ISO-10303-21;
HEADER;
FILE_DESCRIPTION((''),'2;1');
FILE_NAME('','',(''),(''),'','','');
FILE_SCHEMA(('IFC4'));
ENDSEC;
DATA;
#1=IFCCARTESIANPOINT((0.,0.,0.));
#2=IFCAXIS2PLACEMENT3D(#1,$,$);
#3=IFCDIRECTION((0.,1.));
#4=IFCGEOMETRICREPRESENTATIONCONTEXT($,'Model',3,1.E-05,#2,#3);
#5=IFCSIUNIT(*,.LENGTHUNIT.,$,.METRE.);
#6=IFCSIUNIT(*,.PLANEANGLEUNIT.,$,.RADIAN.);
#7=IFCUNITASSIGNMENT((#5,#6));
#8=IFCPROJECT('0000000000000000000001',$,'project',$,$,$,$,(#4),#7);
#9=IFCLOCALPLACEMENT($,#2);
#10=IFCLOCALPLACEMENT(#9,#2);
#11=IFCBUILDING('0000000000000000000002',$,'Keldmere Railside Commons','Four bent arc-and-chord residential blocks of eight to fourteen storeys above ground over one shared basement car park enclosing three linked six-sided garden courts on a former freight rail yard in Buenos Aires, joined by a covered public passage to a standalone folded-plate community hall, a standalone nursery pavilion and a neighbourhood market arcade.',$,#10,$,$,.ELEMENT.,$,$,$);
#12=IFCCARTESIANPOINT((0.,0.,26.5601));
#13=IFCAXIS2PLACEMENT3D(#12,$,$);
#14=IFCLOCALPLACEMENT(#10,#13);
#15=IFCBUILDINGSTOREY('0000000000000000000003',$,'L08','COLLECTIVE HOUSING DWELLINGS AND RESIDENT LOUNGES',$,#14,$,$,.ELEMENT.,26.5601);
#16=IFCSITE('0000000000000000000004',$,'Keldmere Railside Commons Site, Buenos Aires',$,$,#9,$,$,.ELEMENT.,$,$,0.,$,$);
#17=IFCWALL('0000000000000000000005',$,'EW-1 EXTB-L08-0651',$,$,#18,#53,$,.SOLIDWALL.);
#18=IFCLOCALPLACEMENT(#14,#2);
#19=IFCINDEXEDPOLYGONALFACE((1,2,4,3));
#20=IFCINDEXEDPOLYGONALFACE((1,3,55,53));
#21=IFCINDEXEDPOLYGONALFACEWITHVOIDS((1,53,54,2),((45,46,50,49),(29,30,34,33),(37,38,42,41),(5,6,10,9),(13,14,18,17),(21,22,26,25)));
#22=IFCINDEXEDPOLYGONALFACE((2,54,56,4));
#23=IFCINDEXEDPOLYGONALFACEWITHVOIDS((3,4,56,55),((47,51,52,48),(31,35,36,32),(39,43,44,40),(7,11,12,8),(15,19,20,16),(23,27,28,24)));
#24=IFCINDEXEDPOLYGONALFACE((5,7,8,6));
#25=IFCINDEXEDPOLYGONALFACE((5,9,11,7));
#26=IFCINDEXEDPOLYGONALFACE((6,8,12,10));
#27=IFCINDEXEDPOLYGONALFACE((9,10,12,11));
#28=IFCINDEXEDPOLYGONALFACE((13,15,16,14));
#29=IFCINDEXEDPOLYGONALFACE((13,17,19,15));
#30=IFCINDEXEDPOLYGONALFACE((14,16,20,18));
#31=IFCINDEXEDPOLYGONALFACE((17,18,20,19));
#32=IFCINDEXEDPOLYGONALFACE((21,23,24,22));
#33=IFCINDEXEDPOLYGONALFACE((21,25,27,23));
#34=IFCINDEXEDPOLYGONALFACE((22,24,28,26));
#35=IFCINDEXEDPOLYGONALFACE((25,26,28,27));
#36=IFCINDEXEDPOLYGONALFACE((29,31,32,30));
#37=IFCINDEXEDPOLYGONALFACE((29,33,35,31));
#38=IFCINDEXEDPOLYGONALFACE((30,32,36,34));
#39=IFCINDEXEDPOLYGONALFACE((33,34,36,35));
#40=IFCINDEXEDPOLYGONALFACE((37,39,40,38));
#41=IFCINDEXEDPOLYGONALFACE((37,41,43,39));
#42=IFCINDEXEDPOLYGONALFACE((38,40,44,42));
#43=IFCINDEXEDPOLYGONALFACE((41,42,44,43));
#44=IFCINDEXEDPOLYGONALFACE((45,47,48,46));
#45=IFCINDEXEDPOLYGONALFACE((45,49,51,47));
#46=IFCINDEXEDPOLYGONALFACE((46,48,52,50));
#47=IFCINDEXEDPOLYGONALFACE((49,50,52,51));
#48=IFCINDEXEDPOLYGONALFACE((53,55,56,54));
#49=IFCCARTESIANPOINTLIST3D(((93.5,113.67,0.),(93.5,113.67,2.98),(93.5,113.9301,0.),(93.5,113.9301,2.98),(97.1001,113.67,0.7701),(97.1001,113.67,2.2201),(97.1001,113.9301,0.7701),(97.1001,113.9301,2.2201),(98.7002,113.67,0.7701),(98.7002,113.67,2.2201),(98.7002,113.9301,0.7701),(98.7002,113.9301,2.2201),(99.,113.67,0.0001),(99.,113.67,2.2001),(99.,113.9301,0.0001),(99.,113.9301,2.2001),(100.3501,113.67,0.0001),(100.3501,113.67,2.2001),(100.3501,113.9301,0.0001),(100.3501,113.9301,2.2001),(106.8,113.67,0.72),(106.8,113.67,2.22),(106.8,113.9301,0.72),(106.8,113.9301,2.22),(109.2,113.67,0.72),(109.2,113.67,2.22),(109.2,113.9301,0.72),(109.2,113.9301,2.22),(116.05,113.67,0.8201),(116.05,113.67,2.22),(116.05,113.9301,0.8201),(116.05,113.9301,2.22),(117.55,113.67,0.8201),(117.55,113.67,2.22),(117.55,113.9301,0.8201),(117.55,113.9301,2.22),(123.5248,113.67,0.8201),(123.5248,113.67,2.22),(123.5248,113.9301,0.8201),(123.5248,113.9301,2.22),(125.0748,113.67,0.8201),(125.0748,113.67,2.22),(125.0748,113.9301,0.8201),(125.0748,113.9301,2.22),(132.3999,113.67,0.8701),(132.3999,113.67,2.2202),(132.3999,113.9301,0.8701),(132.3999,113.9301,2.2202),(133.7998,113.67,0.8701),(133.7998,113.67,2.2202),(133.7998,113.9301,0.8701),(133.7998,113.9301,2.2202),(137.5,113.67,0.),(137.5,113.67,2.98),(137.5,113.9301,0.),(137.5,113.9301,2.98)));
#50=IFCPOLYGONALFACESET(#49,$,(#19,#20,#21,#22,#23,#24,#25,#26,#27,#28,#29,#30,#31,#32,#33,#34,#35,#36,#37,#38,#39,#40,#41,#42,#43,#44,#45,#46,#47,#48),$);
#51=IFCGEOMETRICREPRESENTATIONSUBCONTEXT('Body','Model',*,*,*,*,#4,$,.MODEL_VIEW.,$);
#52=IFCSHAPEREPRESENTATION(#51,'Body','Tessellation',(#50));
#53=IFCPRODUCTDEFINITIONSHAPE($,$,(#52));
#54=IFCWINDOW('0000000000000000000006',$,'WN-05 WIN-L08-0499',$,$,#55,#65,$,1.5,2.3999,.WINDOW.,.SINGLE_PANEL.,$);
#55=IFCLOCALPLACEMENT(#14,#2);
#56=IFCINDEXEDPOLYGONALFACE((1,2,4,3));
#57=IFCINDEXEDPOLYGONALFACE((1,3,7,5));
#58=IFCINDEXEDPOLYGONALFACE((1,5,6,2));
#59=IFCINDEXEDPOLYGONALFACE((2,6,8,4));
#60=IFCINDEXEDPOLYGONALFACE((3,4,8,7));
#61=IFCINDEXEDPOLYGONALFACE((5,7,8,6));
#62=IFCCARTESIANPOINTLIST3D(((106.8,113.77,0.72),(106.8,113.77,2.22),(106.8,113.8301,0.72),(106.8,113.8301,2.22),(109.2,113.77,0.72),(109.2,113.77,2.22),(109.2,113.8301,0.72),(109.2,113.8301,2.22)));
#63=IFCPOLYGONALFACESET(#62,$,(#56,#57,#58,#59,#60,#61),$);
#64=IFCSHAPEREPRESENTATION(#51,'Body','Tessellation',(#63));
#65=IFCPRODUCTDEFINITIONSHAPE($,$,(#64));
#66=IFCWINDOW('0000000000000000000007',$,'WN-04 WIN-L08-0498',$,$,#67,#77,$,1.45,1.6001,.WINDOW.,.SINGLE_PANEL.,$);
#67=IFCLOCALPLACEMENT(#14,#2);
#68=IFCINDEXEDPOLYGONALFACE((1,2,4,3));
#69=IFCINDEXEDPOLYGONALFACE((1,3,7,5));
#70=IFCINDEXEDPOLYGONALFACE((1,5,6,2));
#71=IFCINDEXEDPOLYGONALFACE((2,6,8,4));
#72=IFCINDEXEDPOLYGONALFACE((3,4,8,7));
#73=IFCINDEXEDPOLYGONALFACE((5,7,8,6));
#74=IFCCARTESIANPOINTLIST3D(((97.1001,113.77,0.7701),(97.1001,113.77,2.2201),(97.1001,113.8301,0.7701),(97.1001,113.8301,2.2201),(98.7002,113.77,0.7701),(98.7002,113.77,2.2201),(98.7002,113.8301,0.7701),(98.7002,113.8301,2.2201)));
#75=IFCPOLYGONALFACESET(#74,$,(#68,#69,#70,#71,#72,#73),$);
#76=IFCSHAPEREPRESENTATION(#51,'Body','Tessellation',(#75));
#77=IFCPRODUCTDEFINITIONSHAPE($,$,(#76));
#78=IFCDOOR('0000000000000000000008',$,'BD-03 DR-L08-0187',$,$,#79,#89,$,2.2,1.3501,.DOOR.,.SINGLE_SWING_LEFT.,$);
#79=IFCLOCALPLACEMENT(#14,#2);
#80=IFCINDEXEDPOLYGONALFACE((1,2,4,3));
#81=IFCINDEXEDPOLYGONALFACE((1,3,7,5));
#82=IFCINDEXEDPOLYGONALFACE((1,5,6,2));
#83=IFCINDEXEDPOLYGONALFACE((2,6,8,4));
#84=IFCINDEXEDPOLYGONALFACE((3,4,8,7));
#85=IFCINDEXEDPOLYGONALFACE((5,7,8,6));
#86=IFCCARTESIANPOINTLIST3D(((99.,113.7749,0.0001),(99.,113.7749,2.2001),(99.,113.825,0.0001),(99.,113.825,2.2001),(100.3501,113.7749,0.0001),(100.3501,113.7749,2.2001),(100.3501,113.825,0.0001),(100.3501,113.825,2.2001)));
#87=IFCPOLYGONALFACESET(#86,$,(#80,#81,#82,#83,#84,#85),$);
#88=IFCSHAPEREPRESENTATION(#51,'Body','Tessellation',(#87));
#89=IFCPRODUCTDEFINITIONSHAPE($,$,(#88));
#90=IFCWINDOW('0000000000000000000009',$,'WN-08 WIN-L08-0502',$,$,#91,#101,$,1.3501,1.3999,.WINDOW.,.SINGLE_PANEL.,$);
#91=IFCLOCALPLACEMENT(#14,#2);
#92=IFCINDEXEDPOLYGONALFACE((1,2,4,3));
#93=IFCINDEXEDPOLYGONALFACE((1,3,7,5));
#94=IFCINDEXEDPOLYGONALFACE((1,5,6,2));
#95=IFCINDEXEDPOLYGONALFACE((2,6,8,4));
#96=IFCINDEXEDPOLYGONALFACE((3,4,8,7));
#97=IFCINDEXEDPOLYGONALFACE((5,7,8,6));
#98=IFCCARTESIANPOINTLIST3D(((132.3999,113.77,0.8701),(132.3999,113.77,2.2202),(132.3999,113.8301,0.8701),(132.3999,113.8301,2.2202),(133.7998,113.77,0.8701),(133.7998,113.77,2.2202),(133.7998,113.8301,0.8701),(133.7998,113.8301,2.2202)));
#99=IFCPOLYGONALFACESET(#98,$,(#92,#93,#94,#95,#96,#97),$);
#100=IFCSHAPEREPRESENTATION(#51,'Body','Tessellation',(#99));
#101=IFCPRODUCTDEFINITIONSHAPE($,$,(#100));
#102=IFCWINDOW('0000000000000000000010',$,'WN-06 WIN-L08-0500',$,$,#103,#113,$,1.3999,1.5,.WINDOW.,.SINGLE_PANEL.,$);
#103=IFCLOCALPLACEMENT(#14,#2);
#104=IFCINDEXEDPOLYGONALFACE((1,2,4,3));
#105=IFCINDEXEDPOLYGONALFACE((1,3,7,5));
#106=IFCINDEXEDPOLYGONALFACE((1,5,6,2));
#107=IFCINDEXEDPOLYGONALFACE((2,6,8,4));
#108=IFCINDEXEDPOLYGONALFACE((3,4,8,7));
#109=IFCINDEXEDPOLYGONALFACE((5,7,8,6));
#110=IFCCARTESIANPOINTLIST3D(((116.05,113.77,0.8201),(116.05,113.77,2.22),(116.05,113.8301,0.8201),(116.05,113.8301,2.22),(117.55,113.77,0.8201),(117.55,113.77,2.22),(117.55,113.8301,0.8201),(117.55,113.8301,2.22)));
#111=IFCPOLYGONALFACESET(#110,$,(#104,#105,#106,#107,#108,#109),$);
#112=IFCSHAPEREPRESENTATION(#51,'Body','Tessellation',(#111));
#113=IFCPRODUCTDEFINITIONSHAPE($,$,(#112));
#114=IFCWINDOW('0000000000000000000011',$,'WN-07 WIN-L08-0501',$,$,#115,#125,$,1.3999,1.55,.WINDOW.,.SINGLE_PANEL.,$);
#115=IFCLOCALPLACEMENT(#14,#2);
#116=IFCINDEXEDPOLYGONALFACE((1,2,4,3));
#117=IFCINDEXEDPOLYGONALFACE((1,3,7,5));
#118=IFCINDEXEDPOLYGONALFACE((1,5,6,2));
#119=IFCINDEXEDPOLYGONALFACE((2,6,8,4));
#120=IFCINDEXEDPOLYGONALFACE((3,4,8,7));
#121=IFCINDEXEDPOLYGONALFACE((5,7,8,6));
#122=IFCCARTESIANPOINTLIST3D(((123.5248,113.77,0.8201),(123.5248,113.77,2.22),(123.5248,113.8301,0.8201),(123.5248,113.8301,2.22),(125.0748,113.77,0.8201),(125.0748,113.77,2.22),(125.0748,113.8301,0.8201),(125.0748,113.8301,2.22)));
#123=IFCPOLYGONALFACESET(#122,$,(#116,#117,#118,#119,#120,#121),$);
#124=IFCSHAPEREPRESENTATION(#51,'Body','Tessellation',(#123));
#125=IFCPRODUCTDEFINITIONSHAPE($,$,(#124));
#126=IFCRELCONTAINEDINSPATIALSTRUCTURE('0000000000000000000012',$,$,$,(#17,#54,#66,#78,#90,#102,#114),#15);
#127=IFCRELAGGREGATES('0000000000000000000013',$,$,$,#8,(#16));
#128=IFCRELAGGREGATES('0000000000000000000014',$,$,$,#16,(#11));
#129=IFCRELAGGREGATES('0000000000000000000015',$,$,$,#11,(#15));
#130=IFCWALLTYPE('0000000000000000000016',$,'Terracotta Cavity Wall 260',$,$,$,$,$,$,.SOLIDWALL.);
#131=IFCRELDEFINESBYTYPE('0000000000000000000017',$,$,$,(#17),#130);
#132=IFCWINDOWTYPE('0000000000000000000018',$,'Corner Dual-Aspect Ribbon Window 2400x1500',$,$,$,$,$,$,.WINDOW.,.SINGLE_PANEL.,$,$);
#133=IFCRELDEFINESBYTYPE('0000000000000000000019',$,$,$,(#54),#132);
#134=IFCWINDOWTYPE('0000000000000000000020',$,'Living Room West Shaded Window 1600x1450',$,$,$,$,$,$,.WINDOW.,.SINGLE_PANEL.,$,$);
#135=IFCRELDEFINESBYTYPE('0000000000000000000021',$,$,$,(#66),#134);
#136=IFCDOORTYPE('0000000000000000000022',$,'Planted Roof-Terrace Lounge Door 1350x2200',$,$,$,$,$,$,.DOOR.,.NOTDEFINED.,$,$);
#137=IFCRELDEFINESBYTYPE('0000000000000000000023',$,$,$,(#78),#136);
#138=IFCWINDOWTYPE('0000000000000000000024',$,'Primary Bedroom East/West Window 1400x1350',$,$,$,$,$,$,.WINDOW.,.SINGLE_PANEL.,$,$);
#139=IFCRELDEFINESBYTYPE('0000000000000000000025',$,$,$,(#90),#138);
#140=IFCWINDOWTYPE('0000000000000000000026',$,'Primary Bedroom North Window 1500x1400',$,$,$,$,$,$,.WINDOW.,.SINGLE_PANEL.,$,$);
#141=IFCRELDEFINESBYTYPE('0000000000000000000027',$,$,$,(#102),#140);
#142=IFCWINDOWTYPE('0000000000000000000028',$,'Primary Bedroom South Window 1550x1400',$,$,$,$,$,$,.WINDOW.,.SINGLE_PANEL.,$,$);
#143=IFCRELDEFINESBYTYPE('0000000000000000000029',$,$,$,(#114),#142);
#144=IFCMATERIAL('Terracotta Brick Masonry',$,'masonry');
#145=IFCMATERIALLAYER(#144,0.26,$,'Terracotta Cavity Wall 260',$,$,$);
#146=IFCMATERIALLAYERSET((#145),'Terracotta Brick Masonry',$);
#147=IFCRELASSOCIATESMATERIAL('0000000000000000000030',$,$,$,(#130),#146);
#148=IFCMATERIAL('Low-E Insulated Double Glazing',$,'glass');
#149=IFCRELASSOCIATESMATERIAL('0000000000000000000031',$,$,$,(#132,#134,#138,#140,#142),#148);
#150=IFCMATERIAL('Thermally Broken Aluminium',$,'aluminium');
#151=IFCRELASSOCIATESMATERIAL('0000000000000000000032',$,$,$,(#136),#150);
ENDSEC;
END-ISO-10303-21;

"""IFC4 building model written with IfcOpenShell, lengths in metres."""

from ifc_helpers import new_model, si_unit, direction, frame, frame_2d, origin, place, context, subcontext, project, spatial, rectangle, extrude, material, layer, layer_set, type_object, element, fill, save


model = new_model("IFC4")

# Units and contexts
model_context = context("Model", 3, precision=1e-05, world=origin(), true_north=direction((0.0, 1.0)))
body_context = subcontext(model_context, "Body", "Model", "MODEL_VIEW")
ifc_project = project(units=[si_unit("LENGTHUNIT", "METRE"), si_unit("PLANEANGLEUNIT", "RADIAN")], contexts=[model_context])

# Site, building, storey
site_placement = place(None, origin())
site = spatial("IfcSite", under=ifc_project, at=site_placement, Name="Keldmere Railside Commons Site, Buenos Aires", CompositionType="ELEMENT", RefElevation=0.0)
building_placement = place(site_placement, origin())
building = spatial("IfcBuilding", under=site, at=building_placement, Name="Keldmere Railside Commons", Description="Four bent arc-and-chord residential blocks of eight to fourteen storeys above ground over one shared basement car park enclosing three linked six-sided garden courts on a former freight rail yard in Buenos Aires, joined by a covered public passage to a standalone folded-plate community hall, a standalone nursery pavilion and a neighbourhood market arcade.", CompositionType="ELEMENT")
storey_placement = place(building_placement, frame((0.0, 0.0, 26.5601)))
storey = spatial("IfcBuildingStorey", under=building, at=storey_placement, Name="L08", Description="COLLECTIVE HOUSING DWELLINGS AND RESIDENT LOUNGES", CompositionType="ELEMENT", Elevation=26.5601)

# Wall, openings, windows, door
ifc_material_1 = material(Name="Terracotta Brick Masonry", Category="masonry")
ifc_layer_1 = layer(ifc_material_1, 0.26, Name="Terracotta Cavity Wall 260")
ifc_layer_set_1 = layer_set([ifc_layer_1], Name="Terracotta Brick Masonry")
wall_type_1 = type_object("IfcWallType", Name="Terracotta Cavity Wall 260", PredefinedType="SOLIDWALL", material=ifc_layer_set_1)
wall_1_placement = place(storey_placement, frame((93.5, 113.8, 0.0), z_axis=(0.0, 0.0, 1.0), x_axis=(1.0, 0.0, 0.0)))
wall_1 = element("IfcWall", 1, at=wall_1_placement, inside=storey, type_object=wall_type_1, Name="EW-1 EXTB-L08-0651", PredefinedType="SOLIDWALL", context=body_context, shape_type="SweptSolid", body=[
    extrude(rectangle(XDim=44.0, YDim=0.26, at=frame_2d((22.0, 0.0))), origin(), (0.0, 0.0, 1.0), 2.98),
])
opening_1_placement = place(wall_1_placement, frame((5.5, 0.0, 0.0)))
opening_1 = element("IfcOpeningElement", 2, at=opening_1_placement, cuts=wall_1, PredefinedType="OPENING", context=body_context, shape_type="SweptSolid", body=[
    extrude(rectangle(XDim=1.3501, YDim=2.2, at=frame_2d((0.675, 1.1001))), frame((0.0, 0.1399, 0.0), z_axis=(0.0, -1.0, 0.0), x_axis=(1.0, 0.0, 0.0)), (0.0, 0.0, 1.0), 0.28),
])
opening_2_placement = place(wall_1_placement, frame((3.6001, 0.0, 0.77)))
opening_2 = element("IfcOpeningElement", 3, at=opening_2_placement, cuts=wall_1, PredefinedType="OPENING", context=body_context, shape_type="SweptSolid", body=[
    extrude(rectangle(XDim=1.6001, YDim=1.45, at=frame_2d((0.8, 0.7251))), frame((0.0, 0.1399, 0.0), z_axis=(0.0, -1.0, 0.0), x_axis=(1.0, 0.0, 0.0)), (0.0, 0.0, 1.0), 0.28),
])
opening_3_placement = place(wall_1_placement, frame((13.3, 0.0, 0.72)))
opening_3 = element("IfcOpeningElement", 4, at=opening_3_placement, cuts=wall_1, PredefinedType="OPENING", context=body_context, shape_type="SweptSolid", body=[
    extrude(rectangle(XDim=2.3999, YDim=1.5, at=frame_2d((1.2, 0.75))), frame((0.0, 0.1399, 0.0), z_axis=(0.0, -1.0, 0.0), x_axis=(1.0, 0.0, 0.0)), (0.0, 0.0, 1.0), 0.28),
])
opening_4_placement = place(wall_1_placement, frame((22.55, 0.0, 0.8201)))
opening_4 = element("IfcOpeningElement", 5, at=opening_4_placement, cuts=wall_1, PredefinedType="OPENING", context=body_context, shape_type="SweptSolid", body=[
    extrude(rectangle(XDim=1.5, YDim=1.3999, at=frame_2d((0.75, 0.7))), frame((0.0, 0.1399, 0.0), z_axis=(0.0, -1.0, 0.0), x_axis=(1.0, 0.0, 0.0)), (0.0, 0.0, 1.0), 0.28),
])
opening_5_placement = place(wall_1_placement, frame((30.0249, 0.0, 0.8201)))
opening_5 = element("IfcOpeningElement", 6, at=opening_5_placement, cuts=wall_1, PredefinedType="OPENING", context=body_context, shape_type="SweptSolid", body=[
    extrude(rectangle(XDim=1.55, YDim=1.3999, at=frame_2d((0.7749, 0.7))), frame((0.0, 0.1399, 0.0), z_axis=(0.0, -1.0, 0.0), x_axis=(1.0, 0.0, 0.0)), (0.0, 0.0, 1.0), 0.28),
])
opening_6_placement = place(wall_1_placement, frame((38.8999, 0.0, 0.8701)))
opening_6 = element("IfcOpeningElement", 7, at=opening_6_placement, cuts=wall_1, PredefinedType="OPENING", context=body_context, shape_type="SweptSolid", body=[
    extrude(rectangle(XDim=1.3999, YDim=1.3501, at=frame_2d((0.7, 0.675))), frame((0.0, 0.1399, 0.0), z_axis=(0.0, -1.0, 0.0), x_axis=(1.0, 0.0, 0.0)), (0.0, 0.0, 1.0), 0.28),
])
ifc_material_2 = material(Name="Low-E Insulated Double Glazing", Category="glass")
window_type_1 = type_object("IfcWindowType", Name="Corner Dual-Aspect Ribbon Window 2400x1500", PartitioningType="SINGLE_PANEL", PredefinedType="WINDOW", material=ifc_material_2)
window_1_placement = place(opening_3_placement, origin())
window_1 = element("IfcWindow", 8, at=window_1_placement, inside=storey, type_object=window_type_1, Name="WN-05 WIN-L08-0499", OverallHeight=1.5, OverallWidth=2.3999, PartitioningType="SINGLE_PANEL", PredefinedType="WINDOW", context=body_context, shape_type="SweptSolid", body=[
    extrude(rectangle(XDim=2.3999, YDim=1.5, at=frame_2d((1.2, 0.75))), frame((0.0, 0.03, 0.0), z_axis=(0.0, -1.0, 0.0), x_axis=(1.0, 0.0, 0.0)), (0.0, 0.0, 1.0), 0.0601),
])
fill(opening_3, window_1)
window_type_2 = type_object("IfcWindowType", Name="Living Room West Shaded Window 1600x1450", PartitioningType="SINGLE_PANEL", PredefinedType="WINDOW", material=ifc_material_2)
window_2_placement = place(opening_2_placement, origin())
window_2 = element("IfcWindow", 9, at=window_2_placement, inside=storey, type_object=window_type_2, Name="WN-04 WIN-L08-0498", OverallHeight=1.45, OverallWidth=1.6001, PartitioningType="SINGLE_PANEL", PredefinedType="WINDOW", context=body_context, shape_type="SweptSolid", body=[
    extrude(rectangle(XDim=1.6001, YDim=1.45, at=frame_2d((0.8, 0.7251))), frame((0.0, 0.03, 0.0), z_axis=(0.0, -1.0, 0.0), x_axis=(1.0, 0.0, 0.0)), (0.0, 0.0, 1.0), 0.0601),
])
fill(opening_2, window_2)
ifc_material_3 = material(Name="Thermally Broken Aluminium", Category="aluminium")
door_type_1 = type_object("IfcDoorType", Name="Planted Roof-Terrace Lounge Door 1350x2200", OperationType="NOTDEFINED", PredefinedType="DOOR", material=ifc_material_3)
door_1_placement = place(opening_1_placement, origin())
door_1 = element("IfcDoor", 10, at=door_1_placement, inside=storey, type_object=door_type_1, Name="BD-03 DR-L08-0187", OperationType="SINGLE_SWING_LEFT", OverallHeight=2.2, OverallWidth=1.3501, PredefinedType="DOOR", context=body_context, shape_type="SweptSolid", body=[
    extrude(rectangle(XDim=1.3501, YDim=2.2, at=frame_2d((0.675, 1.1001))), frame((0.0, 0.0249, 0.0), z_axis=(0.0, -1.0, 0.0), x_axis=(1.0, 0.0, 0.0)), (0.0, 0.0, 1.0), 0.05),
])
fill(opening_1, door_1)
window_type_3 = type_object("IfcWindowType", Name="Primary Bedroom East/West Window 1400x1350", PartitioningType="SINGLE_PANEL", PredefinedType="WINDOW", material=ifc_material_2)
window_3_placement = place(opening_6_placement, origin())
window_3 = element("IfcWindow", 11, at=window_3_placement, inside=storey, type_object=window_type_3, Name="WN-08 WIN-L08-0502", OverallHeight=1.3501, OverallWidth=1.3999, PartitioningType="SINGLE_PANEL", PredefinedType="WINDOW", context=body_context, shape_type="SweptSolid", body=[
    extrude(rectangle(XDim=1.3999, YDim=1.3501, at=frame_2d((0.7, 0.675))), frame((0.0, 0.03, 0.0), z_axis=(0.0, -1.0, 0.0), x_axis=(1.0, 0.0, 0.0)), (0.0, 0.0, 1.0), 0.0601),
])
fill(opening_6, window_3)
window_type_4 = type_object("IfcWindowType", Name="Primary Bedroom North Window 1500x1400", PartitioningType="SINGLE_PANEL", PredefinedType="WINDOW", material=ifc_material_2)
window_4_placement = place(opening_4_placement, origin())
window_4 = element("IfcWindow", 12, at=window_4_placement, inside=storey, type_object=window_type_4, Name="WN-06 WIN-L08-0500", OverallHeight=1.3999, OverallWidth=1.5, PartitioningType="SINGLE_PANEL", PredefinedType="WINDOW", context=body_context, shape_type="SweptSolid", body=[
    extrude(rectangle(XDim=1.5, YDim=1.3999, at=frame_2d((0.75, 0.7))), frame((0.0, 0.03, 0.0), z_axis=(0.0, -1.0, 0.0), x_axis=(1.0, 0.0, 0.0)), (0.0, 0.0, 1.0), 0.0601),
])
fill(opening_4, window_4)
window_type_5 = type_object("IfcWindowType", Name="Primary Bedroom South Window 1550x1400", PartitioningType="SINGLE_PANEL", PredefinedType="WINDOW", material=ifc_material_2)
window_5_placement = place(opening_5_placement, origin())
window_5 = element("IfcWindow", 13, at=window_5_placement, inside=storey, type_object=window_type_5, Name="WN-07 WIN-L08-0501", OverallHeight=1.3999, OverallWidth=1.55, PartitioningType="SINGLE_PANEL", PredefinedType="WINDOW", context=body_context, shape_type="SweptSolid", body=[
    extrude(rectangle(XDim=1.55, YDim=1.3999, at=frame_2d((0.7749, 0.7))), frame((0.0, 0.03, 0.0), z_axis=(0.0, -1.0, 0.0), x_axis=(1.0, 0.0, 0.0)), (0.0, 0.0, 1.0), 0.0601),
])
fill(opening_5, window_5)

save(model, "model.ifc")
